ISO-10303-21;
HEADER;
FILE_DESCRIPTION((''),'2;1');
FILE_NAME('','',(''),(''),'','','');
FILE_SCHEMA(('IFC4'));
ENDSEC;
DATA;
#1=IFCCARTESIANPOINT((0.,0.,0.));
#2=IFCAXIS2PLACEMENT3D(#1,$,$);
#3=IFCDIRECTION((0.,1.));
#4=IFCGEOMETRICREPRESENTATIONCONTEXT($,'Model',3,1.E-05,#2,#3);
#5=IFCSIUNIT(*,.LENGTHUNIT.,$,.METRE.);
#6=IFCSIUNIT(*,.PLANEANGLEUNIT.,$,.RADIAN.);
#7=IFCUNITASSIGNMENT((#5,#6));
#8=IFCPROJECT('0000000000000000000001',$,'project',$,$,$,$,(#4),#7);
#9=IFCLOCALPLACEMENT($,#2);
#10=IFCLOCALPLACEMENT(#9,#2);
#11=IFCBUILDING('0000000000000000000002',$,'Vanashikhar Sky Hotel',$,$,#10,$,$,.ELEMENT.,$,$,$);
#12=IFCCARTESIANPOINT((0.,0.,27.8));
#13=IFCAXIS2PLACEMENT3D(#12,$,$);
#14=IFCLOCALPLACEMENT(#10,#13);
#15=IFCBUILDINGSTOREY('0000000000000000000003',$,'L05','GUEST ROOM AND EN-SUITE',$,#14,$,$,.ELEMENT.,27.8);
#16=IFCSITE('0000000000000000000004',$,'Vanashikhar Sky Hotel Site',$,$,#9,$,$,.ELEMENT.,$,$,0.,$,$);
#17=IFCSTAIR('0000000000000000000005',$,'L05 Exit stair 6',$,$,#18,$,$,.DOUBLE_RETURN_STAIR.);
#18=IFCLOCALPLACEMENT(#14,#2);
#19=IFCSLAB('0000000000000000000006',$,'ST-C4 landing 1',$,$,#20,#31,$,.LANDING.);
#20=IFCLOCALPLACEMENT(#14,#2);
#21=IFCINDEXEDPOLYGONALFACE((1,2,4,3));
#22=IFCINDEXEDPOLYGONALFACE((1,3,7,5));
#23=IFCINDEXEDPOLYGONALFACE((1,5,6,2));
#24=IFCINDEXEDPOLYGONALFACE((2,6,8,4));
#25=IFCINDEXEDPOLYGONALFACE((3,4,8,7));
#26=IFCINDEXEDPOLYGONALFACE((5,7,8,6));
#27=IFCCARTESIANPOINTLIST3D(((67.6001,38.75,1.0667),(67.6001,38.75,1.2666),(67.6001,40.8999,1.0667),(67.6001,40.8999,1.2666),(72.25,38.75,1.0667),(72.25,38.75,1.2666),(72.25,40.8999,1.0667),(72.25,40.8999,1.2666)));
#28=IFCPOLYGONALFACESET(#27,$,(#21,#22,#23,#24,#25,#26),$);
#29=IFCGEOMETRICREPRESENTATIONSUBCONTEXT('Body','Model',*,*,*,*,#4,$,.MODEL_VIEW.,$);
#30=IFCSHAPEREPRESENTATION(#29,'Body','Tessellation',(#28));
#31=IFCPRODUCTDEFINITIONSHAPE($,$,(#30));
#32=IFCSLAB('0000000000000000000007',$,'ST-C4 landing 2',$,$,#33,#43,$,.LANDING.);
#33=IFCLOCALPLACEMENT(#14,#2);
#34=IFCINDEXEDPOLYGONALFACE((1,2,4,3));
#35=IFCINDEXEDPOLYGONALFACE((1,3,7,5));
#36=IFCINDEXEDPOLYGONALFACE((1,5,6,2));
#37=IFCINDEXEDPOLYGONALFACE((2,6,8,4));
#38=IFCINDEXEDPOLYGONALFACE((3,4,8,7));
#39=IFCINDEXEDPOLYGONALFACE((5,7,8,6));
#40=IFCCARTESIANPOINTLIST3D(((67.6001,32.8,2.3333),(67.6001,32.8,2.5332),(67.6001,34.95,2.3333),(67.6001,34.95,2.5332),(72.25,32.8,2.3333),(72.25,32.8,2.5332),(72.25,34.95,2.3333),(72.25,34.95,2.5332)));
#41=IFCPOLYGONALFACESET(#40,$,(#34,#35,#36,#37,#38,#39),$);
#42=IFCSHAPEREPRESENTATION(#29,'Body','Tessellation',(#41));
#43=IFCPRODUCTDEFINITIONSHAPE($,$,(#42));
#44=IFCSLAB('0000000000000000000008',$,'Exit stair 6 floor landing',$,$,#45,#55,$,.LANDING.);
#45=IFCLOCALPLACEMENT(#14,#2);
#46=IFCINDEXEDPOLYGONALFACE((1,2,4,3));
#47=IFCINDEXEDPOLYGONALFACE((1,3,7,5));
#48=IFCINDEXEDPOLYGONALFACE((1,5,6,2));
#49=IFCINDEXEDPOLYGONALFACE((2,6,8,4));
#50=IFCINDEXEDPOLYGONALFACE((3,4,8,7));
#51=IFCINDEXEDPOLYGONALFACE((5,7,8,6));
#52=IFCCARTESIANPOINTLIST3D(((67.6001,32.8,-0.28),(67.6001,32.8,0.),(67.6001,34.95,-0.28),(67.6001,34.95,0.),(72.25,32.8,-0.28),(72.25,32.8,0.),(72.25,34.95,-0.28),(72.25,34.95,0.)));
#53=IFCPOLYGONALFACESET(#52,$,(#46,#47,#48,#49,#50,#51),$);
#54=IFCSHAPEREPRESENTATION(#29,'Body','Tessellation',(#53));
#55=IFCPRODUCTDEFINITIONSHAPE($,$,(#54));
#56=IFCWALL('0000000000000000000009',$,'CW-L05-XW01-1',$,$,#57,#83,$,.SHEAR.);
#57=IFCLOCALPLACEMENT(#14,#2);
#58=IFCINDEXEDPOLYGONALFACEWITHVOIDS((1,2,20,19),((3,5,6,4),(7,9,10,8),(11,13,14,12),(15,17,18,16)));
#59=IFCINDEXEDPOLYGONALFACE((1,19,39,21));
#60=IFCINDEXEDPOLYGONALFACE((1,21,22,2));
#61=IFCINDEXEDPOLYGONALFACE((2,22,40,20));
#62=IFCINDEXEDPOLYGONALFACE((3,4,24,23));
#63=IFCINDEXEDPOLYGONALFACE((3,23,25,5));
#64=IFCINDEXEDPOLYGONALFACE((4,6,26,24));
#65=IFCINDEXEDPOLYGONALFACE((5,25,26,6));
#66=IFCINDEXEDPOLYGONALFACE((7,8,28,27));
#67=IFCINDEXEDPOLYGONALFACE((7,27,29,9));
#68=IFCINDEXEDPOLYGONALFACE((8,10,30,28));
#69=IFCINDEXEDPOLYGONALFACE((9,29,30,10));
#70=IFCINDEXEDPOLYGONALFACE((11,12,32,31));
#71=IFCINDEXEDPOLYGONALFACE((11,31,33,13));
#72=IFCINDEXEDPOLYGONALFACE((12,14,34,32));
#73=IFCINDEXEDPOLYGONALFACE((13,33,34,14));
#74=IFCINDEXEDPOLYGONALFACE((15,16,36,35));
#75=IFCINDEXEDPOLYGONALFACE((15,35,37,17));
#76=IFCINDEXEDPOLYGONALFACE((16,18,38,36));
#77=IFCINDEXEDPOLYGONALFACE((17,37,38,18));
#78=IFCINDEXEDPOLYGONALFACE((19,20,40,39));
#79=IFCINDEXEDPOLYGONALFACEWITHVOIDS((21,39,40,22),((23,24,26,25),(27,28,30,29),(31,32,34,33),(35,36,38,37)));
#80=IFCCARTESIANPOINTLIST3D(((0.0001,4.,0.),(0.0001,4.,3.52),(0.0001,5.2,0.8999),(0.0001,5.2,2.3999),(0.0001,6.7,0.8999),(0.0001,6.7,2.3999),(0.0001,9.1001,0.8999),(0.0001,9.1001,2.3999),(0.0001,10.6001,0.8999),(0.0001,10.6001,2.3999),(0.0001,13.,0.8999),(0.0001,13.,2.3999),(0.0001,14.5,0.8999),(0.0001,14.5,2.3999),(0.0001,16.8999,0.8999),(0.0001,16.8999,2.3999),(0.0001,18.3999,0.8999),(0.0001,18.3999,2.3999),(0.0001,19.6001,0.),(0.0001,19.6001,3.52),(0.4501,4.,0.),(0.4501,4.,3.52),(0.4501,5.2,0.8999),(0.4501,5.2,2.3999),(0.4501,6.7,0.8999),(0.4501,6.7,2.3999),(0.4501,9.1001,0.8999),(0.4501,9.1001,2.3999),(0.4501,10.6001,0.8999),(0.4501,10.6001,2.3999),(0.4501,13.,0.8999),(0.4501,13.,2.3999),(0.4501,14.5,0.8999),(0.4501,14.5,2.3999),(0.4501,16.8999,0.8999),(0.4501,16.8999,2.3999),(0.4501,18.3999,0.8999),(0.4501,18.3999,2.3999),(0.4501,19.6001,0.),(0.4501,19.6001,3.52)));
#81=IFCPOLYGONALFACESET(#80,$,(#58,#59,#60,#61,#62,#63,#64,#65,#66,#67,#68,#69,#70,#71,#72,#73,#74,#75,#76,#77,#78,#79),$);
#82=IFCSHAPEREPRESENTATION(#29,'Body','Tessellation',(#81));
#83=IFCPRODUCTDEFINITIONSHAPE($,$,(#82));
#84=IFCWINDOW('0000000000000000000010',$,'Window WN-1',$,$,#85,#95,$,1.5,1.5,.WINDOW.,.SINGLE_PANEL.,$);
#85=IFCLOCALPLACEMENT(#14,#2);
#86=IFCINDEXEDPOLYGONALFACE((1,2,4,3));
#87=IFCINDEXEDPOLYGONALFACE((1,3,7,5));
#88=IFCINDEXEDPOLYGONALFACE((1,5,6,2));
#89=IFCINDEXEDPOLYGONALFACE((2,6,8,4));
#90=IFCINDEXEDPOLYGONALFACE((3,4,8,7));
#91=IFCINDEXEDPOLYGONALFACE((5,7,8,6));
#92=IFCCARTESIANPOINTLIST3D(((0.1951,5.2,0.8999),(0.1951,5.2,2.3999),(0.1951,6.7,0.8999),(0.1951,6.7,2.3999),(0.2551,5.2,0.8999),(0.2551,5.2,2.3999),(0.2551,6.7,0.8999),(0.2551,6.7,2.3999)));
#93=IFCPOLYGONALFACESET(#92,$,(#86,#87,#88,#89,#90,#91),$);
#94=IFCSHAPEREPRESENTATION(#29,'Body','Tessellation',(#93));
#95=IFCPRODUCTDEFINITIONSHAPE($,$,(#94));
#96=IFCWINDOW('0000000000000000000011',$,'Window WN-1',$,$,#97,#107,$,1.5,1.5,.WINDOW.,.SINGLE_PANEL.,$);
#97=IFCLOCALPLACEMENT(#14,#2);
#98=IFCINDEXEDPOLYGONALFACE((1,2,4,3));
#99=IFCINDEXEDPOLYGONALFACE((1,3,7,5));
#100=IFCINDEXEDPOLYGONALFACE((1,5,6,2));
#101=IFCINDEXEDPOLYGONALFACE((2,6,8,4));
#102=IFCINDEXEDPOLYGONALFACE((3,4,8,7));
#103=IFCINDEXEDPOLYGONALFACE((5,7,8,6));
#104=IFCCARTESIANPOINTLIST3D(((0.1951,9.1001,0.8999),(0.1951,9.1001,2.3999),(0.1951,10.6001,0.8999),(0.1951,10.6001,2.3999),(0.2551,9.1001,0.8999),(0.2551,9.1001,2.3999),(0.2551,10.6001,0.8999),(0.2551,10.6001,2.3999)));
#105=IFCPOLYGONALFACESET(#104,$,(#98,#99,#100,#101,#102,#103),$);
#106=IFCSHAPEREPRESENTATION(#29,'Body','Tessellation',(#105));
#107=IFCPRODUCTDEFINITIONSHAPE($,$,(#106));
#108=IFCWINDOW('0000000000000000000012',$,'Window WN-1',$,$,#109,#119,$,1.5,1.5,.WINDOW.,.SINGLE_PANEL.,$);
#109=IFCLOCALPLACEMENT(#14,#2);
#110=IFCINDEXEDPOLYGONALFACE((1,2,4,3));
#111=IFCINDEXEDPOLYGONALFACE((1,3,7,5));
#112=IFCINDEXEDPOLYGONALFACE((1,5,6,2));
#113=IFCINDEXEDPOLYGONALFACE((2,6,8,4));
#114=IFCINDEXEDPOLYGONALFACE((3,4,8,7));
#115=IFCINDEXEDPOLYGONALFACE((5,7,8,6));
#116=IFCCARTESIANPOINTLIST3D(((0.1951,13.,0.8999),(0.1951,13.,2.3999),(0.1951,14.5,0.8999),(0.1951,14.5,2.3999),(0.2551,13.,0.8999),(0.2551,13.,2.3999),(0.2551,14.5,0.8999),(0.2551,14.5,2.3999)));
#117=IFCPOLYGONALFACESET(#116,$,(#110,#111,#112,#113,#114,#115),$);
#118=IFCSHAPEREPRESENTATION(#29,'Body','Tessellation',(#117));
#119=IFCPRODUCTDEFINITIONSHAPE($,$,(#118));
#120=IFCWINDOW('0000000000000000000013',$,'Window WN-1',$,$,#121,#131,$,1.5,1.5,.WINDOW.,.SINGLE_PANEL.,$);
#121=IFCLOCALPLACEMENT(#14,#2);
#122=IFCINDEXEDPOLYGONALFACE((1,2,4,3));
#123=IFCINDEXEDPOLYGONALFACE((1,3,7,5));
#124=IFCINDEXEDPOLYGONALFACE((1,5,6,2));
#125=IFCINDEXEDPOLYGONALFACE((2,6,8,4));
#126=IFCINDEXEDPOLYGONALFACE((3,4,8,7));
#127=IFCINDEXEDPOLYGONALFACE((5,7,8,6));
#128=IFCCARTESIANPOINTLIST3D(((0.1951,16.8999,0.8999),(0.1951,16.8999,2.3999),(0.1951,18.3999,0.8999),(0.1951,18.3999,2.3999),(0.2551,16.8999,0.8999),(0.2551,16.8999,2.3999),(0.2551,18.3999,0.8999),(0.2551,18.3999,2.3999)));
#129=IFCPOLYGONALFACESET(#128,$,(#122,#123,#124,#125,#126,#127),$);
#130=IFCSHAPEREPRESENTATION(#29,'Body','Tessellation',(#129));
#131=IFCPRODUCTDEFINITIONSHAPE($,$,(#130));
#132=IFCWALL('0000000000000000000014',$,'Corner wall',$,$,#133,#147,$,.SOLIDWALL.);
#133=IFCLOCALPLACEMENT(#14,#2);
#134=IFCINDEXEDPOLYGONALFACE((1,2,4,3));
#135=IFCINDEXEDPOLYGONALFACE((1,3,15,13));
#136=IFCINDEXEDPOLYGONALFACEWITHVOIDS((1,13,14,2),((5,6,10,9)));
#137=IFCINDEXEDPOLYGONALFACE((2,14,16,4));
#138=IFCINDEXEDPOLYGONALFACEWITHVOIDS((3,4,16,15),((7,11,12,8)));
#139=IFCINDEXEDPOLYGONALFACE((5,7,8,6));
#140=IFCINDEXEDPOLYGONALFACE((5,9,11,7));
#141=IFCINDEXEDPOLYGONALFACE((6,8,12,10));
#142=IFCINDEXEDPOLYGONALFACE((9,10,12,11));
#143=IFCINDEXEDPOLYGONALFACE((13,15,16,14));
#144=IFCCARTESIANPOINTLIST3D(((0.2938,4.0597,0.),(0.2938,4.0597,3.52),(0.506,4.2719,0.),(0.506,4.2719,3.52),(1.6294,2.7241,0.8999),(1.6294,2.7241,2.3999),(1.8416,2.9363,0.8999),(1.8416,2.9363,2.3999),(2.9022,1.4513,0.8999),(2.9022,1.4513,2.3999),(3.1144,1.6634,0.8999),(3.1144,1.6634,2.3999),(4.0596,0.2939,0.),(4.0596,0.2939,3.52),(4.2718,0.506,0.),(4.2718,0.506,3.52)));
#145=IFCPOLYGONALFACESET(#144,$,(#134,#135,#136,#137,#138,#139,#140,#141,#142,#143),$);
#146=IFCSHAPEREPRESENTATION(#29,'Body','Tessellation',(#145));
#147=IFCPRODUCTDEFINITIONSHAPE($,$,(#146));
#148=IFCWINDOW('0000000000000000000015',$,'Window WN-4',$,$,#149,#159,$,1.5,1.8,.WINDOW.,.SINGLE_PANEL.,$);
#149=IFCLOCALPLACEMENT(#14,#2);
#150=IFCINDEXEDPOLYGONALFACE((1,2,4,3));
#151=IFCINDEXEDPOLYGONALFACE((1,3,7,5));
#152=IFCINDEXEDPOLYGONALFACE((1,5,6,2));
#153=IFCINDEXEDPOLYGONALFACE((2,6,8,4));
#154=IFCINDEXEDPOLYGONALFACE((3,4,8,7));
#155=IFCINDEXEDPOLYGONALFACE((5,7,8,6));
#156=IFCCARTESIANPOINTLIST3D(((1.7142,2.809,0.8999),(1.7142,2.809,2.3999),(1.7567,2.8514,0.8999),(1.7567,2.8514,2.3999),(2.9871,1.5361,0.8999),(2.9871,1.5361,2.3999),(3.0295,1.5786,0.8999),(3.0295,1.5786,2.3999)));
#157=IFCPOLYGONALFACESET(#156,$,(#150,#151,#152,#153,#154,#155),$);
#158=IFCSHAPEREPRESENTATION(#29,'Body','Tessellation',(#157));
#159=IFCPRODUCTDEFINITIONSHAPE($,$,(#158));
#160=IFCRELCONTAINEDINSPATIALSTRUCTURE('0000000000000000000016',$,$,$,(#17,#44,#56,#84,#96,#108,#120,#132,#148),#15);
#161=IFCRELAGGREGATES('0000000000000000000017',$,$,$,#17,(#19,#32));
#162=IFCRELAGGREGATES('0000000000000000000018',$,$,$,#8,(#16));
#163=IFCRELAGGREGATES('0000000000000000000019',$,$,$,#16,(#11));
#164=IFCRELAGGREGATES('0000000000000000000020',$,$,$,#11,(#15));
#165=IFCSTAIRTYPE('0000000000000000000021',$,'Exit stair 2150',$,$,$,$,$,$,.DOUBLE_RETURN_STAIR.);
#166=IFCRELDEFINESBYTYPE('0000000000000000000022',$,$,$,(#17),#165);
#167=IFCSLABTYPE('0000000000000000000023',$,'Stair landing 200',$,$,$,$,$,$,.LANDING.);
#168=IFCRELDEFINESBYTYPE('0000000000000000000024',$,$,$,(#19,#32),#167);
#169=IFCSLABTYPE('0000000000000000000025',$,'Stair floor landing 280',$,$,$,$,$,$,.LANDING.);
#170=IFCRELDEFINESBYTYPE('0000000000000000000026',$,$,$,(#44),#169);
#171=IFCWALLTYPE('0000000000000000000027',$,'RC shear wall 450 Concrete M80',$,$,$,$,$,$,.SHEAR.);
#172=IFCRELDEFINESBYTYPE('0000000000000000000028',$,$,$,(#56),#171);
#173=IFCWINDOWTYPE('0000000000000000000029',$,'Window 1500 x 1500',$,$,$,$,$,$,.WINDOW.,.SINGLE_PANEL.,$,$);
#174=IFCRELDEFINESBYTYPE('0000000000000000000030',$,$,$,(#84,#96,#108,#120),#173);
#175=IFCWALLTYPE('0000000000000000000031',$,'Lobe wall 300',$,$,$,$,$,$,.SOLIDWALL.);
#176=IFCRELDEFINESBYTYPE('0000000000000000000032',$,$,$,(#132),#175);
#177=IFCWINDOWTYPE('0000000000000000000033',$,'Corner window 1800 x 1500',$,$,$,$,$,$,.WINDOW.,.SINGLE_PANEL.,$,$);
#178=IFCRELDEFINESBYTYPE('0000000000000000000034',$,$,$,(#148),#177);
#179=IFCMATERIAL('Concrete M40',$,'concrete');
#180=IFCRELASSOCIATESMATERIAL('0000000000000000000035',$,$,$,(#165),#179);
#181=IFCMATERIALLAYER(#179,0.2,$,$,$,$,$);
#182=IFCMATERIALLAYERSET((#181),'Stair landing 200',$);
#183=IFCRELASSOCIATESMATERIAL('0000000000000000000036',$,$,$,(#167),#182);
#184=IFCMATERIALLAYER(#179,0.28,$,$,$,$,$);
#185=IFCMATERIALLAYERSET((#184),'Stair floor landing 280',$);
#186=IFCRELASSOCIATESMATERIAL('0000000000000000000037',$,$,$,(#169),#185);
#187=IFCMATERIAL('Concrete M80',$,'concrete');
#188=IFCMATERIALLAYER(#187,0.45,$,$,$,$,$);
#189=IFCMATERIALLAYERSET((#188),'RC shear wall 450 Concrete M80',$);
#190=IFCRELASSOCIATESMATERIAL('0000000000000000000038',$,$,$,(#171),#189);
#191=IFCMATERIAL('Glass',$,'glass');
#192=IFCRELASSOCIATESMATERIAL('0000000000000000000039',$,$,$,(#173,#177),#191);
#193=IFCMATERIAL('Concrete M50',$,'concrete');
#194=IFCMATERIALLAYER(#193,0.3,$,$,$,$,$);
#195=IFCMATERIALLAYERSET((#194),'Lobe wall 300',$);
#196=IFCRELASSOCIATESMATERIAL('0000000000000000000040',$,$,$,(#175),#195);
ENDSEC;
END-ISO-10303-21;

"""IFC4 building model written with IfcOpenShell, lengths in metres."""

from ifc_helpers import new_model, si_unit, direction, frame, frame_2d, origin, place, context, subcontext, project, spatial, polyline, rectangle, outline, extrude, source, transform, mapped, material, layer, layer_set, type_object, element, fill, aggregate, save


model = new_model("IFC4")

# Units and contexts
model_context = context("Model", 3, precision=1e-05, world=origin(), true_north=direction((0.0, 1.0)))
body_context = subcontext(model_context, "Body", "Model", "MODEL_VIEW")
ifc_project = project(units=[si_unit("LENGTHUNIT", "METRE"), si_unit("PLANEANGLEUNIT", "RADIAN")], contexts=[model_context])

# Site, building, storey
site_placement = place(None, origin())
site = spatial("IfcSite", under=ifc_project, at=site_placement, Name="Vanashikhar Sky Hotel Site", CompositionType="ELEMENT", RefElevation=0.0)
building_placement = place(site_placement, origin())
building = spatial("IfcBuilding", under=site, at=building_placement, Name="Vanashikhar Sky Hotel", CompositionType="ELEMENT")
storey_placement = place(building_placement, frame((0.0, 0.0, 27.8)))
storey = spatial("IfcBuildingStorey", under=building, at=storey_placement, Name="L05", Description="GUEST ROOM AND EN-SUITE", CompositionType="ELEMENT", Elevation=27.8)

# Shared definitions
ifc_material_1 = material(Name="Concrete M40", Category="concrete")

# Shared definitions
stair_type = type_object("IfcStairType", Name="Exit stair 2150", PredefinedType="DOUBLE_RETURN_STAIR", material=ifc_material_1)
ifc_layer_1 = layer(ifc_material_1, 0.2)
ifc_layer_set_1 = layer_set([ifc_layer_1], Name="Stair landing 200")
slab_type_1 = type_object("IfcSlabType", Name="Stair landing 200", PredefinedType="LANDING", material=ifc_layer_set_1)

# Shared definitions
ifc_layer_2 = layer(ifc_material_1, 0.28)
ifc_layer_set_2 = layer_set([ifc_layer_2], Name="Stair floor landing 280")
slab_type_2 = type_object("IfcSlabType", Name="Stair floor landing 280", PredefinedType="LANDING", material=ifc_layer_set_2)

# Stair, slabs
stair_1_placement = place(storey_placement, origin())
stair_1 = element("IfcStair", 1, at=stair_1_placement, inside=storey, type_object=stair_type, Name="L05 Exit stair 6", PredefinedType="DOUBLE_RETURN_STAIR")
shared_shape_1 = source(origin(), body_context, "Body", "SweptSolid", [
    extrude(outline(polyline([(72.25, 38.75), (72.25, 40.8999), (67.6001, 40.8999), (67.6001, 38.75), (72.25, 38.75)])), origin(), (0.0, 0.0, 1.0), 0.2),
])
slab_1_placement = place(storey_placement, frame((0.0, 0.0, 1.0667)))
slab_1 = element("IfcSlab", 2, at=slab_1_placement, type_object=slab_type_1, Name="ST-C4 landing 1", PredefinedType="LANDING", context=body_context, shape_type="MappedRepresentation", body=[
    mapped(shared_shape_1, transform((0.0, 0.0, 0.0), scale=1.0)),
])
shared_shape_2 = source(origin(), body_context, "Body", "SweptSolid", [
    extrude(outline(polyline([(72.25, 32.8), (72.25, 34.95), (67.6001, 34.95), (67.6001, 32.8), (72.25, 32.8)])), origin(), (0.0, 0.0, 1.0), 0.2),
])
slab_2_placement = place(storey_placement, frame((0.0, 0.0, 2.3333)))
slab_2 = element("IfcSlab", 3, at=slab_2_placement, type_object=slab_type_1, Name="ST-C4 landing 2", PredefinedType="LANDING", context=body_context, shape_type="MappedRepresentation", body=[
    mapped(shared_shape_2, transform((0.0, 0.0, 0.0), scale=1.0)),
])
aggregate(stair_1, [slab_1, slab_2])

# Slab
shared_shape_3 = source(origin(), body_context, "Body", "SweptSolid", [
    extrude(outline(polyline([(72.25, 32.8), (72.25, 34.95), (67.6001, 34.95), (67.6001, 32.8), (72.25, 32.8)])), origin(), (0.0, 0.0, 1.0), 0.28),
])
slab_3_placement = place(storey_placement, frame((0.0, 0.0, -0.28)))
element("IfcSlab", 4, at=slab_3_placement, inside=storey, type_object=slab_type_2, Name="Exit stair 6 floor landing", PredefinedType="LANDING", context=body_context, shape_type="MappedRepresentation", body=[
    mapped(shared_shape_3, transform((0.0, 0.0, 0.0), scale=1.0)),
])

# Wall, openings, windows
ifc_material_2 = material(Name="Concrete M80", Category="concrete")
ifc_layer_3 = layer(ifc_material_2, 0.45)
ifc_layer_set_3 = layer_set([ifc_layer_3], Name="RC shear wall 450 Concrete M80")
wall_type_1 = type_object("IfcWallType", Name="RC shear wall 450 Concrete M80", PredefinedType="SHEAR", material=ifc_layer_set_3)
shared_shape_4 = source(origin(), body_context, "Body", "SweptSolid", [
    extrude(rectangle(XDim=15.6001, YDim=0.45, at=frame_2d((7.8, 0.0))), origin(), (0.0, 0.0, 1.0), 3.52),
])
wall_1_placement = place(storey_placement, frame((0.2251, 4.0, 0.0), z_axis=(0.0, 0.0, 1.0), x_axis=(0.0, 1.0, 0.0)))
wall_1 = element("IfcWall", 5, at=wall_1_placement, inside=storey, type_object=wall_type_1, Name="CW-L05-XW01-1", PredefinedType="SHEAR", context=body_context, shape_type="MappedRepresentation", body=[
    mapped(shared_shape_4, transform((0.0, 0.0, 0.0), scale=1.0)),
])
shared_shape_5 = source(origin(), body_context, "Body", "SweptSolid", [
    extrude(rectangle(XDim=1.5, YDim=1.5, at=frame_2d((0.75, 0.75))), frame((0.0, 0.2349, 0.0), z_axis=(0.0, -1.0, 0.0), x_axis=(1.0, 0.0, 0.0)), (0.0, 0.0, 1.0), 0.47),
])
opening_1_placement = place(wall_1_placement, frame((1.2, 0.0, 0.8999)))
opening_1 = element("IfcOpeningElement", 6, at=opening_1_placement, cuts=wall_1, PredefinedType="OPENING", context=body_context, shape_type="MappedRepresentation", body=[
    mapped(shared_shape_5, transform((0.0, 0.0, 0.0), scale=1.0)),
])
opening_2_placement = place(wall_1_placement, frame((5.1001, 0.0, 0.8999)))
opening_2 = element("IfcOpeningElement", 7, at=opening_2_placement, cuts=wall_1, PredefinedType="OPENING", context=body_context, shape_type="MappedRepresentation", body=[
    mapped(shared_shape_5, transform((0.0, 0.0, 0.0), scale=1.0)),
])
opening_3_placement = place(wall_1_placement, frame((9.0, 0.0, 0.8999)))
opening_3 = element("IfcOpeningElement", 8, at=opening_3_placement, cuts=wall_1, PredefinedType="OPENING", context=body_context, shape_type="MappedRepresentation", body=[
    mapped(shared_shape_5, transform((0.0, 0.0, 0.0), scale=1.0)),
])
opening_4_placement = place(wall_1_placement, frame((12.8999, 0.0, 0.8999)))
opening_4 = element("IfcOpeningElement", 9, at=opening_4_placement, cuts=wall_1, PredefinedType="OPENING", context=body_context, shape_type="MappedRepresentation", body=[
    mapped(shared_shape_5, transform((0.0, 0.0, 0.0), scale=1.0)),
])
ifc_material_3 = material(Name="Glass", Category="glass")
window_type_1 = type_object("IfcWindowType", Name="Window 1500 x 1500", PartitioningType="SINGLE_PANEL", PredefinedType="WINDOW", material=ifc_material_3)
shared_shape_6 = source(origin(), body_context, "Body", "SweptSolid", [
    extrude(rectangle(XDim=1.5, YDim=1.5, at=frame_2d((0.75, 0.75))), frame((0.0, 0.03, 0.0), z_axis=(0.0, -1.0, 0.0), x_axis=(1.0, 0.0, 0.0)), (0.0, 0.0, 1.0), 0.0601),
])
window_1_placement = place(opening_1_placement, origin())
window_1 = element("IfcWindow", 10, at=window_1_placement, inside=storey, type_object=window_type_1, Name="Window WN-1", OverallHeight=1.5, OverallWidth=1.5, PartitioningType="SINGLE_PANEL", PredefinedType="WINDOW", context=body_context, shape_type="MappedRepresentation", body=[
    mapped(shared_shape_6, transform((0.0, 0.0, 0.0), scale=1.0)),
])
fill(opening_1, window_1)
window_2_placement = place(opening_2_placement, origin())
window_2 = element("IfcWindow", 11, at=window_2_placement, inside=storey, type_object=window_type_1, Name="Window WN-1", OverallHeight=1.5, OverallWidth=1.5, PartitioningType="SINGLE_PANEL", PredefinedType="WINDOW", context=body_context, shape_type="MappedRepresentation", body=[
    mapped(shared_shape_6, transform((0.0, 0.0, 0.0), scale=1.0)),
])
fill(opening_2, window_2)
window_3_placement = place(opening_3_placement, origin())
window_3 = element("IfcWindow", 12, at=window_3_placement, inside=storey, type_object=window_type_1, Name="Window WN-1", OverallHeight=1.5, OverallWidth=1.5, PartitioningType="SINGLE_PANEL", PredefinedType="WINDOW", context=body_context, shape_type="MappedRepresentation", body=[
    mapped(shared_shape_6, transform((0.0, 0.0, 0.0), scale=1.0)),
])
fill(opening_3, window_3)
window_4_placement = place(opening_4_placement, origin())
window_4 = element("IfcWindow", 13, at=window_4_placement, inside=storey, type_object=window_type_1, Name="Window WN-1", OverallHeight=1.5, OverallWidth=1.5, PartitioningType="SINGLE_PANEL", PredefinedType="WINDOW", context=body_context, shape_type="MappedRepresentation", body=[
    mapped(shared_shape_6, transform((0.0, 0.0, 0.0), scale=1.0)),
])
fill(opening_4, window_4)

# Wall, opening, window
ifc_material_4 = material(Name="Concrete M50", Category="concrete")
ifc_layer_4 = layer(ifc_material_4, 0.3)
ifc_layer_set_4 = layer_set([ifc_layer_4], Name="Lobe wall 300")
wall_type_2 = type_object("IfcWallType", Name="Lobe wall 300", PredefinedType="SOLIDWALL", material=ifc_layer_set_4)
shared_shape_7 = source(origin(), body_context, "Body", "SweptSolid", [
    extrude(rectangle(XDim=5.3257, YDim=0.3, at=frame_2d((2.6628, 0.0))), origin(), (0.0, 0.0, 1.0), 3.52),
])
wall_2_placement = place(storey_placement, frame((0.3999, 4.1658, 0.0), z_axis=(0.0, 0.0, 1.0), x_axis=(0.707107, -0.707107, 0.0)))
wall_2 = element("IfcWall", 14, at=wall_2_placement, inside=storey, type_object=wall_type_2, Name="Corner wall", PredefinedType="SOLIDWALL", context=body_context, shape_type="MappedRepresentation", body=[
    mapped(shared_shape_7, transform((0.0, 0.0, 0.0), scale=1.0)),
])
shared_shape_8 = source(origin(), body_context, "Body", "SweptSolid", [
    extrude(rectangle(XDim=1.8, YDim=1.5, at=frame_2d((0.8999, 0.75))), frame((0.0, 0.1602, 0.0), z_axis=(0.0, -1.0, 0.0), x_axis=(1.0, 0.0, 0.0)), (0.0, 0.0, 1.0), 0.3201),
])
opening_5_placement = place(wall_2_placement, frame((1.8889, 0.0, 0.8999)))
opening_5 = element("IfcOpeningElement", 15, at=opening_5_placement, cuts=wall_2, PredefinedType="OPENING", context=body_context, shape_type="MappedRepresentation", body=[
    mapped(shared_shape_8, transform((0.0, 0.0, 0.0), scale=1.0)),
])
window_type_2 = type_object("IfcWindowType", Name="Corner window 1800 x 1500", PartitioningType="SINGLE_PANEL", PredefinedType="WINDOW", material=ifc_material_3)
shared_shape_9 = source(origin(), body_context, "Body", "SweptSolid", [
    extrude(rectangle(XDim=1.8, YDim=1.5, at=frame_2d((0.8999, 0.75))), frame((0.0, 0.03, 0.0), z_axis=(0.0, -1.0, 0.0), x_axis=(1.0, 0.0, 0.0)), (0.0, 0.0, 1.0), 0.0601),
])
window_5_placement = place(opening_5_placement, origin())
window_5 = element("IfcWindow", 16, at=window_5_placement, inside=storey, type_object=window_type_2, Name="Window WN-4", OverallHeight=1.5, OverallWidth=1.8, PartitioningType="SINGLE_PANEL", PredefinedType="WINDOW", context=body_context, shape_type="MappedRepresentation", body=[
    mapped(shared_shape_9, transform((0.0, 0.0, 0.0), scale=1.0)),
])
fill(opening_5, window_5)

save(model, "model.ifc")
